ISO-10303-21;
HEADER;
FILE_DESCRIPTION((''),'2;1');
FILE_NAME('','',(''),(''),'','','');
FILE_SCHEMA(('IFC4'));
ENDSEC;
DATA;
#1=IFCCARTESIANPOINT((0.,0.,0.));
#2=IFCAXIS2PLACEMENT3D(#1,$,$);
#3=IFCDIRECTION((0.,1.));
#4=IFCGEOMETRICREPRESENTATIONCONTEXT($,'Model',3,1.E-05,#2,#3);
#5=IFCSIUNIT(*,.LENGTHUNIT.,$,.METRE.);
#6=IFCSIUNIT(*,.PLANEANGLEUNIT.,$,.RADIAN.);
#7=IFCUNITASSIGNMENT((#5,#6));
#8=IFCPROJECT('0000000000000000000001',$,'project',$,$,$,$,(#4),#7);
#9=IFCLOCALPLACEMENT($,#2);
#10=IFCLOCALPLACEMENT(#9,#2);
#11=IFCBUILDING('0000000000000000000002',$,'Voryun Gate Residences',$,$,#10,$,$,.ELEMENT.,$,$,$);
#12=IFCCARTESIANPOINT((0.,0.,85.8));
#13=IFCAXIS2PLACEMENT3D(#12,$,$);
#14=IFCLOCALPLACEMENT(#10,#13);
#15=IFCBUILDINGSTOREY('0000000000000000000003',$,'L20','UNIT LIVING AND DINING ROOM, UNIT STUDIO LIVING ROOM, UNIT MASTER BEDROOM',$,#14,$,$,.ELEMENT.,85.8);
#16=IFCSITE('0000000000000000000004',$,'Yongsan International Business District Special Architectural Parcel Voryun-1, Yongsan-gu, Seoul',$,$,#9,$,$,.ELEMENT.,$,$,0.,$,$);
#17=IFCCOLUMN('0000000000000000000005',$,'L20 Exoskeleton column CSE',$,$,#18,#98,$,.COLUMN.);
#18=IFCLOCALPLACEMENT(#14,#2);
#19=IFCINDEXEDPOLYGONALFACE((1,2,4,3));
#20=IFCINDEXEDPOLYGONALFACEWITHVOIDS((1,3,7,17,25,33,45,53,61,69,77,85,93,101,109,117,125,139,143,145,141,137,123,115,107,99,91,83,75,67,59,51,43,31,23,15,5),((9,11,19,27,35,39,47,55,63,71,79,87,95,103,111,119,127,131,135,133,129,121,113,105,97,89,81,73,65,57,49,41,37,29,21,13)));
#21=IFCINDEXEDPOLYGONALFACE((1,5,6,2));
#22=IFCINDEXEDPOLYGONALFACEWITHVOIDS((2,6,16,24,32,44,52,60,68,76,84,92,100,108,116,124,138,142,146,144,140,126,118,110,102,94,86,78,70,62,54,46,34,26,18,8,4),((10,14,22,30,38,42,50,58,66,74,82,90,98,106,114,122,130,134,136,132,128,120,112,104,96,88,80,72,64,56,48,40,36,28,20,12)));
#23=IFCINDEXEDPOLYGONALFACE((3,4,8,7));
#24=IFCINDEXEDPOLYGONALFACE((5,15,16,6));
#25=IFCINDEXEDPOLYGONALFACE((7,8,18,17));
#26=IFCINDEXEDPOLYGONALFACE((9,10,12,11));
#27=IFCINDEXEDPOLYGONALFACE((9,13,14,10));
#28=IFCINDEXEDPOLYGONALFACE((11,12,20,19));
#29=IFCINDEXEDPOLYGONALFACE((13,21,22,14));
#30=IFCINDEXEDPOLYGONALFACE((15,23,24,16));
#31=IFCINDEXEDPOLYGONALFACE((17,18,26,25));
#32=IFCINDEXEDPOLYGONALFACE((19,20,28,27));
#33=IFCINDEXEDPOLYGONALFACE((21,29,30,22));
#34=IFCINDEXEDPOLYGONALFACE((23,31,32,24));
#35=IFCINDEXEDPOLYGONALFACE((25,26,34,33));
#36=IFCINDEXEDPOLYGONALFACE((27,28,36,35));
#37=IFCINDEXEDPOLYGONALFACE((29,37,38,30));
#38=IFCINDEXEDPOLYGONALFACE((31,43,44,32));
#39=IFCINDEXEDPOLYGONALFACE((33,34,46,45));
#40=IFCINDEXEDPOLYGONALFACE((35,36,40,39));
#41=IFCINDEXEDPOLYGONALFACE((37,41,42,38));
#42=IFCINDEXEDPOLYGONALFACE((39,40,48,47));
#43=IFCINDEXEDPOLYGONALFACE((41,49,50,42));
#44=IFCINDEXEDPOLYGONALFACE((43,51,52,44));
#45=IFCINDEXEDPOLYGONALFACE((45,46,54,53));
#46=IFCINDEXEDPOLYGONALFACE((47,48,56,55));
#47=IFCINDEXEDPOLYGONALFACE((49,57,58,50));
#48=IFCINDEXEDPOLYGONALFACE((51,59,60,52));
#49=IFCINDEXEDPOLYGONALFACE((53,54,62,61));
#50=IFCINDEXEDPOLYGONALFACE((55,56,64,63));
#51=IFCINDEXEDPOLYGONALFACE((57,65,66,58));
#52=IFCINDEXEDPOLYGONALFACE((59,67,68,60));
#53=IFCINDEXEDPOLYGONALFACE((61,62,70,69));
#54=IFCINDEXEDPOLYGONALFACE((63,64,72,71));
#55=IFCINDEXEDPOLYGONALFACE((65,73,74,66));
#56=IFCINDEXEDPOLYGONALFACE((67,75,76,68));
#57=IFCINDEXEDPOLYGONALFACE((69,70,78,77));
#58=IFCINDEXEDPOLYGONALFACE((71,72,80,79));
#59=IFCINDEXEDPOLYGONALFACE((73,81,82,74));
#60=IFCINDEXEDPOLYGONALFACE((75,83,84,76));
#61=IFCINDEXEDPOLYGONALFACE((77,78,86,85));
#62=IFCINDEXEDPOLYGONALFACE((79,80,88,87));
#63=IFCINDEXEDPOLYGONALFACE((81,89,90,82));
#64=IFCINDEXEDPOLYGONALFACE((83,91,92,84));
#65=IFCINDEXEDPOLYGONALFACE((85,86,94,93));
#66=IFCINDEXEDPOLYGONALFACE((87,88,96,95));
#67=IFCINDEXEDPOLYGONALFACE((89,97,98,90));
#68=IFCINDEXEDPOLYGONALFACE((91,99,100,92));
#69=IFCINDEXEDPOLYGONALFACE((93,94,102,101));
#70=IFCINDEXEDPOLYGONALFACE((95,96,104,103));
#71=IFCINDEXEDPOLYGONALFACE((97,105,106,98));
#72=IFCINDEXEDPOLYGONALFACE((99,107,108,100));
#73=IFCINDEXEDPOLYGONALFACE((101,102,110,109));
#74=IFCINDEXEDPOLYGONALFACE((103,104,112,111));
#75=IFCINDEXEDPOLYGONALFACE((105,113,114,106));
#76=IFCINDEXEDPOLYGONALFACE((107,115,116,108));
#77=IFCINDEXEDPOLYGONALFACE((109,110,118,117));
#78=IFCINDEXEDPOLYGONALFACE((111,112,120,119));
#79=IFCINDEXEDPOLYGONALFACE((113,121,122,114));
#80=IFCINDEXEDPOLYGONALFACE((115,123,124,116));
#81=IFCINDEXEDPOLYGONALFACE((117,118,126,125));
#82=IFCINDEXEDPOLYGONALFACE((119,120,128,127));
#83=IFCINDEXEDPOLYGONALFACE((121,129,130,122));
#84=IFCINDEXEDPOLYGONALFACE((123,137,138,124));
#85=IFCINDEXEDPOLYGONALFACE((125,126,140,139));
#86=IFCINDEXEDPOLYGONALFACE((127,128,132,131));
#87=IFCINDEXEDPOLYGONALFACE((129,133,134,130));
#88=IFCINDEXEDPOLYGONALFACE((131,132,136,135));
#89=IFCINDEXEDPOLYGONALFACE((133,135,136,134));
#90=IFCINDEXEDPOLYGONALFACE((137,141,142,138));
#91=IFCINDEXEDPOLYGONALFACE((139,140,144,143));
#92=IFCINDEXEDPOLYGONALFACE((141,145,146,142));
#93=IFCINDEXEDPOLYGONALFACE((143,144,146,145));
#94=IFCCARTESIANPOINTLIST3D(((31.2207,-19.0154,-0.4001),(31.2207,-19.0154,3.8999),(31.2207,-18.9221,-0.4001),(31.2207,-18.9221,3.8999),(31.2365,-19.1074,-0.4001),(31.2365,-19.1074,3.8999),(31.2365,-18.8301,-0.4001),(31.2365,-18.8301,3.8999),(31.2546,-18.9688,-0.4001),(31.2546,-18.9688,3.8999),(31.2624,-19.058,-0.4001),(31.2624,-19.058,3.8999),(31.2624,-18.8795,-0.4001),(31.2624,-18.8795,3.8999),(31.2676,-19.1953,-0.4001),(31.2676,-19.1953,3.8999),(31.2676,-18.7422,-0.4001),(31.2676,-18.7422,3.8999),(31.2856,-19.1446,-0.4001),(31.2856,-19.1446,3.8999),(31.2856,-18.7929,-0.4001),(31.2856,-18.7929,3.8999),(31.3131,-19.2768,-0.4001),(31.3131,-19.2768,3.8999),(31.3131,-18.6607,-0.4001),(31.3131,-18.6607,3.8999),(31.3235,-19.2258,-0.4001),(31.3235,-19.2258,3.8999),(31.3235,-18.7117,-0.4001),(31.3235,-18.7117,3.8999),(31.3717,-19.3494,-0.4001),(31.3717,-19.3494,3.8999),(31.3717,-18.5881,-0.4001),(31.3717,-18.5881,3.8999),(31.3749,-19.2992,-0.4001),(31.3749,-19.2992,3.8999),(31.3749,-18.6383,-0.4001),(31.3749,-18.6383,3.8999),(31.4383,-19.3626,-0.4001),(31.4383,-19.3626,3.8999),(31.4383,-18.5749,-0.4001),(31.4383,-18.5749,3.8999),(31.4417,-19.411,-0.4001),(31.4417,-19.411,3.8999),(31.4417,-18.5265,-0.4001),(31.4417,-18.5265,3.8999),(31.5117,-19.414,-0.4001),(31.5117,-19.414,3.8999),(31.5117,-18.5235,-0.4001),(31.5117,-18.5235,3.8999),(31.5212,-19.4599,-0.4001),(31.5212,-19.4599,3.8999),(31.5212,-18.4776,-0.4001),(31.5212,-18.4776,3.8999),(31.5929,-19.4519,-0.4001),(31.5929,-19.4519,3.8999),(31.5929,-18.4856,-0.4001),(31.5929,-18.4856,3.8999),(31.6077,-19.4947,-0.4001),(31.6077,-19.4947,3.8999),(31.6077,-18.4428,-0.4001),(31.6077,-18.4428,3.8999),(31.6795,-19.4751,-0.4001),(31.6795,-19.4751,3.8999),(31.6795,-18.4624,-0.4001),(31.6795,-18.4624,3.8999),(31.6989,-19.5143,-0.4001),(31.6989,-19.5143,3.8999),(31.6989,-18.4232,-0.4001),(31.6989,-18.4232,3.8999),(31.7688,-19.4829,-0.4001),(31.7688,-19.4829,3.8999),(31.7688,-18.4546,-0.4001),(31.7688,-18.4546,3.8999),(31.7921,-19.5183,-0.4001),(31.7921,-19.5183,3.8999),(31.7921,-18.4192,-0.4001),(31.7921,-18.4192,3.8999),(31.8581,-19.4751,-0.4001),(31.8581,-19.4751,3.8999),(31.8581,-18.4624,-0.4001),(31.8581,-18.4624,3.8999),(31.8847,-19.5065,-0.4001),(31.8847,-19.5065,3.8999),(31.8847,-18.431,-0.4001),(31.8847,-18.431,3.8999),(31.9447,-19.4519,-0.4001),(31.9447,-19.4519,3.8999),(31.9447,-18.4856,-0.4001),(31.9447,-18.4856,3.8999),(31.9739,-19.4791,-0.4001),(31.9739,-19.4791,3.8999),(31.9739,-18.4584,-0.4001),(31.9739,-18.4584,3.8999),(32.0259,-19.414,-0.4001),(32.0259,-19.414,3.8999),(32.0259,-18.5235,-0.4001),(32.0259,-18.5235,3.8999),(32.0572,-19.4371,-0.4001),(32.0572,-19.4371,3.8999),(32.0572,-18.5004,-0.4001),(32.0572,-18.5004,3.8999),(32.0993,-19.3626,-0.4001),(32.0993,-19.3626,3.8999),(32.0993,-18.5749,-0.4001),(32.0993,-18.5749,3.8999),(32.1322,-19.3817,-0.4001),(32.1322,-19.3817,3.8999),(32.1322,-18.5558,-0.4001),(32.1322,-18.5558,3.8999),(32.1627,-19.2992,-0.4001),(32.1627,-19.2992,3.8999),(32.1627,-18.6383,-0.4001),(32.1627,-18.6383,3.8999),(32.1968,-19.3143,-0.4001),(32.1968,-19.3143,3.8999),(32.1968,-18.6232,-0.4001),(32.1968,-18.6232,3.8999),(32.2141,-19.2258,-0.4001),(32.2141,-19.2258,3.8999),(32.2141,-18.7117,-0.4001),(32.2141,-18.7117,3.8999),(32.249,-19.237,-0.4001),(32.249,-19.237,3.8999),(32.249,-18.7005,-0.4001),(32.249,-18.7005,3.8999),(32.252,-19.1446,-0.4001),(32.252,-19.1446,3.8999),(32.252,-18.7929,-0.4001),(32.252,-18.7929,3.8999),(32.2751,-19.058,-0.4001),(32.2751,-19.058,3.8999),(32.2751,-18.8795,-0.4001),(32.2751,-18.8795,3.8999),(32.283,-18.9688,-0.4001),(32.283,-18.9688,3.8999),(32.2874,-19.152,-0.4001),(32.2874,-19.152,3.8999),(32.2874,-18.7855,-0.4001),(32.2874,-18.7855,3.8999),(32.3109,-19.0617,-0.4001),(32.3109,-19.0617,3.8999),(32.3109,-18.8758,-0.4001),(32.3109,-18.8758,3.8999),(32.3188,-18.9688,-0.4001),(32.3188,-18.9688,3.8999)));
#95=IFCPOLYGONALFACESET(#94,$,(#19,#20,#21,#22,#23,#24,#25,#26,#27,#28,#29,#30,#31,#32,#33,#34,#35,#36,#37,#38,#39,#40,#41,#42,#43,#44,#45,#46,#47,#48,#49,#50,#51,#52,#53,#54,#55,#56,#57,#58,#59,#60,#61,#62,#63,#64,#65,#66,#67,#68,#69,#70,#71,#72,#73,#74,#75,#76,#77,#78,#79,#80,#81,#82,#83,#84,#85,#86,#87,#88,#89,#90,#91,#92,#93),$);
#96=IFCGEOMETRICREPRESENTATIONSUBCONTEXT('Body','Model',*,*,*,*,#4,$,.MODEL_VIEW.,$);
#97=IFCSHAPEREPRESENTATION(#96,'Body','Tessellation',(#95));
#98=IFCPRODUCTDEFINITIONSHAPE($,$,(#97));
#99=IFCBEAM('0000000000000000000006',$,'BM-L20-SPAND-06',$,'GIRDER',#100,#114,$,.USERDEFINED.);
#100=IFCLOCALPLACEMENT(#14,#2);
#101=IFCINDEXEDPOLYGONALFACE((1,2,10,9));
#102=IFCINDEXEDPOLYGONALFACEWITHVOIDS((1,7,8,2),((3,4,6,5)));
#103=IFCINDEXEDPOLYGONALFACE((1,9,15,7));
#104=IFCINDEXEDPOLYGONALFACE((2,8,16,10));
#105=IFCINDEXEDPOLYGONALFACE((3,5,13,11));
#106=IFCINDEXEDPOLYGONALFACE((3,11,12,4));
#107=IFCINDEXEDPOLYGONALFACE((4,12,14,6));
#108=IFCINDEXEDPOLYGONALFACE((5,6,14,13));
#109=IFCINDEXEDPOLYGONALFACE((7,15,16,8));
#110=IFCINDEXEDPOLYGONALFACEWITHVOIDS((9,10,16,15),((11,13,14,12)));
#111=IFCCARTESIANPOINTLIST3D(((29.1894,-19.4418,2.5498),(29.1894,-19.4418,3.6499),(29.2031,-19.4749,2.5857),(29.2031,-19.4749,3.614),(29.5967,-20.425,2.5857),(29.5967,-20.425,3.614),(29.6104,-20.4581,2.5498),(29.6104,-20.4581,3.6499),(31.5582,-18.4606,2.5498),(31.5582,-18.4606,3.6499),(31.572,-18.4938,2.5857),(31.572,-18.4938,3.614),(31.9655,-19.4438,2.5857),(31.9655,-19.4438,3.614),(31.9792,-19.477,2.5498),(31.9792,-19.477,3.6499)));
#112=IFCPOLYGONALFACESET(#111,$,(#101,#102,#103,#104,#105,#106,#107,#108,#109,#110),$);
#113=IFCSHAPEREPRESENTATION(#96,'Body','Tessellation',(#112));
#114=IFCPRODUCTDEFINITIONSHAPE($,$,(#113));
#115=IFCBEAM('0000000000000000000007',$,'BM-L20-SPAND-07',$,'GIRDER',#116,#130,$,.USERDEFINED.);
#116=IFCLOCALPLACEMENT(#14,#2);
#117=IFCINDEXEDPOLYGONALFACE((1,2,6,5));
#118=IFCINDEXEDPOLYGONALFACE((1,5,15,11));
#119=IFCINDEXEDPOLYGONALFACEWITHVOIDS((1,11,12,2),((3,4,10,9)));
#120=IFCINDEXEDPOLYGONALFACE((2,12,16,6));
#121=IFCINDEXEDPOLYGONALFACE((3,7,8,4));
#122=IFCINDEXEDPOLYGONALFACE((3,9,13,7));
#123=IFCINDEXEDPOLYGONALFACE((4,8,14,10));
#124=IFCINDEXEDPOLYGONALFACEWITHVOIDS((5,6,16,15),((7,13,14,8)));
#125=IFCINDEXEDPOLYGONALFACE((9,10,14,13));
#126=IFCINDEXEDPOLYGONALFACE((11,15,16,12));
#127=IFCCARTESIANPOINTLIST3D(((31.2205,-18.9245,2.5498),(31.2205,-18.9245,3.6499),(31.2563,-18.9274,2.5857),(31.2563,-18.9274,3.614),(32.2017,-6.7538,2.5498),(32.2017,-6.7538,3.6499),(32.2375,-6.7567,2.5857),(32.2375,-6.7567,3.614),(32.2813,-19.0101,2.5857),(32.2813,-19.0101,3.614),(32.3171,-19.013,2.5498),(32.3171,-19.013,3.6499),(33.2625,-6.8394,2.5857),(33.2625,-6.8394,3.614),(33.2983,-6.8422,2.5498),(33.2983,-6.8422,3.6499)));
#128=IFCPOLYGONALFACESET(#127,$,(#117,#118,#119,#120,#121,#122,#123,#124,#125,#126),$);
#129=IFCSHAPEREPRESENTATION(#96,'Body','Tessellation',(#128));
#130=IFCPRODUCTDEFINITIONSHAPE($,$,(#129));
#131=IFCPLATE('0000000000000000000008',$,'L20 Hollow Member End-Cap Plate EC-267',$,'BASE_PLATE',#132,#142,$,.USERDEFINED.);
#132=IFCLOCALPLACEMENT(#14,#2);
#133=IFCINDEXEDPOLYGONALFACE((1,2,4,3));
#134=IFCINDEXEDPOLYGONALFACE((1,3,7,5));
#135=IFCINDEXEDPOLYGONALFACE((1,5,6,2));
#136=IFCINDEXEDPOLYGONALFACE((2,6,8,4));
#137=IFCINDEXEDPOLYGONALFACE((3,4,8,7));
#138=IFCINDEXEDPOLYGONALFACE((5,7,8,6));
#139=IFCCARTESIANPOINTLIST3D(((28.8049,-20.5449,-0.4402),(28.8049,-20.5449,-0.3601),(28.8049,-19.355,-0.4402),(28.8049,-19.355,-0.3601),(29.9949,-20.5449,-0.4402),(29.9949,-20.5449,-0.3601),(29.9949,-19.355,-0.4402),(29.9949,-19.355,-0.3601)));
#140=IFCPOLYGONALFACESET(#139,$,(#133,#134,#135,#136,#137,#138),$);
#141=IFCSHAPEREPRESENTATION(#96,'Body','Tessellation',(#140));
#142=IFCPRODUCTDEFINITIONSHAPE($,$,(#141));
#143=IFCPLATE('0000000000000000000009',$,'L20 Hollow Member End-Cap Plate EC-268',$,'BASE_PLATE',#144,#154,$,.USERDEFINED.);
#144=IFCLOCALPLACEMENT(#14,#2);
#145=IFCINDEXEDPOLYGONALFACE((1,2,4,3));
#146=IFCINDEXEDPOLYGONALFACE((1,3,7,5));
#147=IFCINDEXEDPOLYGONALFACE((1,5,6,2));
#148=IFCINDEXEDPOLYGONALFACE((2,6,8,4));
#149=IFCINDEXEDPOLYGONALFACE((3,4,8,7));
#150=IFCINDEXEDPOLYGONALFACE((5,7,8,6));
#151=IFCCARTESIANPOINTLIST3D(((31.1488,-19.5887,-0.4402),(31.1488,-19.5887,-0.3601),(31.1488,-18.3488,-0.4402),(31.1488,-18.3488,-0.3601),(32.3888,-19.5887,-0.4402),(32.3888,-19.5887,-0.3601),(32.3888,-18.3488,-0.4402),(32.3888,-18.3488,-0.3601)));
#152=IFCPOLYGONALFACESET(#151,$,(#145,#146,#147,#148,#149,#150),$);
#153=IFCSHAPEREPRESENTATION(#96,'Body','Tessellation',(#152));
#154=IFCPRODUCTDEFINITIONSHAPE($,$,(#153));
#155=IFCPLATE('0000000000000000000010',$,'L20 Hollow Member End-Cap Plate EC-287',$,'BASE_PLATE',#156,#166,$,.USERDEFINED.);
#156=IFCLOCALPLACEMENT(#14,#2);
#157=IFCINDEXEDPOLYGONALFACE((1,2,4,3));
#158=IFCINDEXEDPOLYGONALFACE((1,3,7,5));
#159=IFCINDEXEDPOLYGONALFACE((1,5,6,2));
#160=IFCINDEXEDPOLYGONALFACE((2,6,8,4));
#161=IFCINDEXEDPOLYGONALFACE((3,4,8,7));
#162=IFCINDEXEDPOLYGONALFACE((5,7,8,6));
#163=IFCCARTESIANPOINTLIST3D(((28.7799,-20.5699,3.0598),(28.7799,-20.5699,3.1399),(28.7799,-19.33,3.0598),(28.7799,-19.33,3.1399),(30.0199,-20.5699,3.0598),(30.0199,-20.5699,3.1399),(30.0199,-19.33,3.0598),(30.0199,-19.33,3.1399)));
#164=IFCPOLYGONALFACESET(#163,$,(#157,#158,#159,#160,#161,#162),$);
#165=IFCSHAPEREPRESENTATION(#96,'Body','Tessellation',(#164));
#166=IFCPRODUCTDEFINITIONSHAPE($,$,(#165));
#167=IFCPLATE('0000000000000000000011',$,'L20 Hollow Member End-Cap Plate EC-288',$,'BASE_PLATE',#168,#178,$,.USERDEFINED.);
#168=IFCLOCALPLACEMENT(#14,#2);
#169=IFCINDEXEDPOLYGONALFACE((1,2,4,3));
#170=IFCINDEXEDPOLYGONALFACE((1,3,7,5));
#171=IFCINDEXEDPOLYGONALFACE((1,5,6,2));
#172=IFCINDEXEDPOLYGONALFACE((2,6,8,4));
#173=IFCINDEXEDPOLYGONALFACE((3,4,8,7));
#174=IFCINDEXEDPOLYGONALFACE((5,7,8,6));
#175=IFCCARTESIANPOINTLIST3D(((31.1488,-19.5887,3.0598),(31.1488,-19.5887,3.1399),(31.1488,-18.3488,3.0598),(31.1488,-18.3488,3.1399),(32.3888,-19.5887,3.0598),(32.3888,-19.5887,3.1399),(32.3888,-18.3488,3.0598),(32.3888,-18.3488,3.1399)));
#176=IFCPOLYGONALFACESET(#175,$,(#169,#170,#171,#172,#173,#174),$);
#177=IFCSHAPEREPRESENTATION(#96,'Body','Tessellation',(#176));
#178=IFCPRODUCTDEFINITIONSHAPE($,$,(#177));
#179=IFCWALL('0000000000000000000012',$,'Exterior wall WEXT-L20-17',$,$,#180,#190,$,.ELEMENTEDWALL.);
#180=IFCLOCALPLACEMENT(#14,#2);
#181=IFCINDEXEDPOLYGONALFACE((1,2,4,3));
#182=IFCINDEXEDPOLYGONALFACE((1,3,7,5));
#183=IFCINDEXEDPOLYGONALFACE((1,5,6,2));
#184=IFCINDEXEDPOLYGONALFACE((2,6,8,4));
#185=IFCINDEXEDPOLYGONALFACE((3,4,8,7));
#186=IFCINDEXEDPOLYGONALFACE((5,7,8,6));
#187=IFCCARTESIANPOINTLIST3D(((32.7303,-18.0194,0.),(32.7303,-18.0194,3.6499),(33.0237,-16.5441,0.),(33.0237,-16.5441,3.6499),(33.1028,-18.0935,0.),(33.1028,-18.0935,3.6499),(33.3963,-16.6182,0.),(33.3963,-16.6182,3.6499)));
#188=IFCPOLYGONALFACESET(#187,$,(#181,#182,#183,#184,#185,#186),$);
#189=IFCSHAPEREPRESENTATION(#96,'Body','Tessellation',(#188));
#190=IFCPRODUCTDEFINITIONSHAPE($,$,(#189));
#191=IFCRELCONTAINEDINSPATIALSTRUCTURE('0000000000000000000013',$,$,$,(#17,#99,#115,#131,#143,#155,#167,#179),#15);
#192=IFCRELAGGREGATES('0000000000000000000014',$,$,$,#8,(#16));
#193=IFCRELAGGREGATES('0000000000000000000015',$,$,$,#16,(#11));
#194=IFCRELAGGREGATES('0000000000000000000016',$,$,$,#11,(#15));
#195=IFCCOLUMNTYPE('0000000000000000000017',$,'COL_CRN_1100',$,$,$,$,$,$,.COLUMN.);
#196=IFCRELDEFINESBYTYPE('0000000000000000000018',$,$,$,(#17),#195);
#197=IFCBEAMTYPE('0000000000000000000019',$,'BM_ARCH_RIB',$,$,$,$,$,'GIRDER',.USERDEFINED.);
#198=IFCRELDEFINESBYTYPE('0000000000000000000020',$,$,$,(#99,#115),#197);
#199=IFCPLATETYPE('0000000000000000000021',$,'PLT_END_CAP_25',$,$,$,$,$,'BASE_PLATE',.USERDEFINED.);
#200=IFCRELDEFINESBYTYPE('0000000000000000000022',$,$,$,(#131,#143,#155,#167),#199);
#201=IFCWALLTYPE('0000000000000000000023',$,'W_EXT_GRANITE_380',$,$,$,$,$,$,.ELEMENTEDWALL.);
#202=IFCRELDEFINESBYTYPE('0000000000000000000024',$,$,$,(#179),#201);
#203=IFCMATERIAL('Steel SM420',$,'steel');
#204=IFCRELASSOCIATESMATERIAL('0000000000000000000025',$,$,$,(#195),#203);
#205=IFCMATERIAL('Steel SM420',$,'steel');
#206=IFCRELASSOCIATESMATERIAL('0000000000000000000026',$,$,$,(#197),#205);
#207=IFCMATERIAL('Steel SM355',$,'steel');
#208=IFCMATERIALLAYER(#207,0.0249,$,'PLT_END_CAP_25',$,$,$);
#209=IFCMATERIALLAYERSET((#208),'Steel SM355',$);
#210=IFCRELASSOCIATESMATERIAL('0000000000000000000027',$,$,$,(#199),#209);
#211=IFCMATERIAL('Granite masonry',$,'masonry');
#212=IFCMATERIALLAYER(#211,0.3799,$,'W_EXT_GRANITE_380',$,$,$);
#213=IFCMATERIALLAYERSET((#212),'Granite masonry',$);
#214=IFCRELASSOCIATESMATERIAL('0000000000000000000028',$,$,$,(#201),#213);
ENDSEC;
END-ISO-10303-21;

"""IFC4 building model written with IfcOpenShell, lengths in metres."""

from ifc_helpers import new_model, si_unit, direction, frame, frame_2d, origin, origin_2d, place, context, subcontext, project, spatial, rectangle, hollow_rectangle, hollow_circle, extrude, material, layer, layer_set, material_profile, profile_set, type_object, element, save


model = new_model("IFC4")

# Units and contexts
model_context = context("Model", 3, precision=1e-05, world=origin(), true_north=direction((0.0, 1.0)))
body_context = subcontext(model_context, "Body", "Model", "MODEL_VIEW")
ifc_project = project(units=[si_unit("LENGTHUNIT", "METRE"), si_unit("PLANEANGLEUNIT", "RADIAN")], contexts=[model_context])

# Site, building, storey
site_placement = place(None, origin())
site = spatial("IfcSite", under=ifc_project, at=site_placement, Name="Yongsan International Business District Special Architectural Parcel Voryun-1, Yongsan-gu, Seoul", CompositionType="ELEMENT", RefElevation=0.0)
building_placement = place(site_placement, origin())
building = spatial("IfcBuilding", under=site, at=building_placement, Name="Voryun Gate Residences", CompositionType="ELEMENT")
storey_placement = place(building_placement, frame((0.0, 0.0, 85.8)))
storey = spatial("IfcBuildingStorey", under=building, at=storey_placement, Name="L20", Description="UNIT LIVING AND DINING ROOM, UNIT STUDIO LIVING ROOM, UNIT MASTER BEDROOM", CompositionType="ELEMENT", Elevation=85.8)

# Column
ifc_material_1 = material(Name="Steel SM420", Category="steel")
ifc_material_profile_1 = material_profile(ifc_material_1, hollow_circle(Radius=0.55, WallThickness=0.0359, at=origin_2d()), Name="CHS-1100x36")
ifc_profile_set_1 = profile_set([ifc_material_profile_1], Name="Steel SM420")
column_type = type_object("IfcColumnType", Name="COL_CRN_1100", PredefinedType="COLUMN", material=ifc_profile_set_1)
column_placement = place(storey_placement, frame((31.7688, -18.9688, -0.4001), z_axis=(0.0, 0.0, 1.0), x_axis=(1.0, 0.0, 0.0)))
element("IfcColumn", 1, at=column_placement, inside=storey, type_object=column_type, Name="L20 Exoskeleton column CSE", PredefinedType="COLUMN", context=body_context, shape_type="SweptSolid", body=[
    extrude(hollow_circle(Radius=0.55, WallThickness=0.0359, at=origin_2d()), origin(), (0.0, 0.0, 1.0), 4.3),
])

# Beams
ifc_material_2 = material(Name="Steel SM420", Category="steel")
ifc_material_profile_2 = material_profile(ifc_material_2, hollow_rectangle(XDim=1.1001, YDim=1.1001, WallThickness=0.0359, at=origin_2d()), Name="BOX-1100x1100x36")
ifc_profile_set_2 = profile_set([ifc_material_profile_2], Name="Steel SM420")
beam_type = type_object("IfcBeamType", Name="BM_ARCH_RIB", ElementType="GIRDER", PredefinedType="USERDEFINED", material=ifc_profile_set_2)
beam_1_placement = place(storey_placement, frame((29.3999, -19.95, 3.0999), z_axis=(0.923883, 0.382674, 0.0), x_axis=(-0.382674, 0.923883, 0.0)))
element("IfcBeam", 2, at=beam_1_placement, inside=storey, type_object=beam_type, Name="BM-L20-SPAND-06", ObjectType="GIRDER", PredefinedType="USERDEFINED", context=body_context, shape_type="SweptSolid", body=[
    extrude(hollow_rectangle(XDim=1.1001, YDim=1.1001, WallThickness=0.0359, at=origin_2d()), origin(), (0.0, 0.0, 1.0), 2.564),
])
beam_2_placement = place(storey_placement, frame((31.7688, -18.9688, 3.0999), z_axis=(0.08036, 0.996766, 0.0), x_axis=(-0.996766, 0.08036, 0.0)))
element("IfcBeam", 3, at=beam_2_placement, inside=storey, type_object=beam_type, Name="BM-L20-SPAND-07", ObjectType="GIRDER", PredefinedType="USERDEFINED", context=body_context, shape_type="SweptSolid", body=[
    extrude(hollow_rectangle(XDim=1.1001, YDim=1.1001, WallThickness=0.0359, at=origin_2d()), origin(), (0.0, 0.0, 1.0), 12.2102),
])

# Plates
ifc_material_3 = material(Name="Steel SM355", Category="steel")
ifc_layer_1 = layer(ifc_material_3, 0.0249, Name="PLT_END_CAP_25")
ifc_layer_set_1 = layer_set([ifc_layer_1], Name="Steel SM355")
plate_type = type_object("IfcPlateType", Name="PLT_END_CAP_25", ElementType="BASE_PLATE", PredefinedType="USERDEFINED", material=ifc_layer_set_1)
plate_placement = place(storey_placement, frame((29.3999, -19.95, -0.4402), z_axis=(0.0, 0.0, 1.0), x_axis=(1.0, 0.0, 0.0)))
element("IfcPlate", 4, at=plate_placement, inside=storey, type_object=plate_type, Name="L20 Hollow Member End-Cap Plate EC-267", ObjectType="BASE_PLATE", PredefinedType="USERDEFINED", context=body_context, shape_type="SweptSolid", body=[
    extrude(rectangle(XDim=1.1899, YDim=1.1899, at=origin_2d()), origin(), (0.0, 0.0, 1.0), 0.0801),
])
for number, where, z_axis, x_axis, name in (
    (5, (31.7688, -18.9688, -0.4402), (0.0, 0.0, 1.0), (1.0, 0.0, 0.0), "L20 Hollow Member End-Cap Plate EC-268"),
    (6, (29.3999, -19.95, 3.0598), (0.0, 0.0, 1.0), (1.0, 0.0, 0.0), "L20 Hollow Member End-Cap Plate EC-287"),
    (7, (31.7688, -18.9688, 3.0598), (0.0, 0.0, 1.0), (1.0, 0.0, 0.0), "L20 Hollow Member End-Cap Plate EC-288"),
):
    element("IfcPlate", number, at=place(storey_placement, frame(where, z_axis=z_axis, x_axis=x_axis)), inside=storey, type_object=plate_type, Name=name, ObjectType="BASE_PLATE", PredefinedType="USERDEFINED", context=body_context, shape_type="SweptSolid", body=[
        extrude(rectangle(XDim=1.24, YDim=1.24, at=origin_2d()), origin(), (0.0, 0.0, 1.0), 0.0801),
    ])

# Wall
ifc_material_4 = material(Name="Granite masonry", Category="masonry")
ifc_layer_2 = layer(ifc_material_4, 0.3799, Name="W_EXT_GRANITE_380")
ifc_layer_set_2 = layer_set([ifc_layer_2], Name="Granite masonry")
wall_type_1 = type_object("IfcWallType", Name="W_EXT_GRANITE_380", PredefinedType="ELEMENTEDWALL", material=ifc_layer_set_2)
wall_1_placement = place(storey_placement, frame((33.21, -16.5813, 0.0), z_axis=(0.0, 0.0, 1.0), x_axis=(-0.195086, -0.980786, 0.0)))
element("IfcWall", 8, at=wall_1_placement, inside=storey, type_object=wall_type_1, Name="Exterior wall WEXT-L20-17", PredefinedType="ELEMENTEDWALL", context=body_context, shape_type="SweptSolid", body=[
    extrude(rectangle(XDim=1.5042, YDim=0.3799, at=frame_2d((0.752, 0.0))), origin(), (0.0, 0.0, 1.0), 3.6499),
])

save(model, "model.ifc")
